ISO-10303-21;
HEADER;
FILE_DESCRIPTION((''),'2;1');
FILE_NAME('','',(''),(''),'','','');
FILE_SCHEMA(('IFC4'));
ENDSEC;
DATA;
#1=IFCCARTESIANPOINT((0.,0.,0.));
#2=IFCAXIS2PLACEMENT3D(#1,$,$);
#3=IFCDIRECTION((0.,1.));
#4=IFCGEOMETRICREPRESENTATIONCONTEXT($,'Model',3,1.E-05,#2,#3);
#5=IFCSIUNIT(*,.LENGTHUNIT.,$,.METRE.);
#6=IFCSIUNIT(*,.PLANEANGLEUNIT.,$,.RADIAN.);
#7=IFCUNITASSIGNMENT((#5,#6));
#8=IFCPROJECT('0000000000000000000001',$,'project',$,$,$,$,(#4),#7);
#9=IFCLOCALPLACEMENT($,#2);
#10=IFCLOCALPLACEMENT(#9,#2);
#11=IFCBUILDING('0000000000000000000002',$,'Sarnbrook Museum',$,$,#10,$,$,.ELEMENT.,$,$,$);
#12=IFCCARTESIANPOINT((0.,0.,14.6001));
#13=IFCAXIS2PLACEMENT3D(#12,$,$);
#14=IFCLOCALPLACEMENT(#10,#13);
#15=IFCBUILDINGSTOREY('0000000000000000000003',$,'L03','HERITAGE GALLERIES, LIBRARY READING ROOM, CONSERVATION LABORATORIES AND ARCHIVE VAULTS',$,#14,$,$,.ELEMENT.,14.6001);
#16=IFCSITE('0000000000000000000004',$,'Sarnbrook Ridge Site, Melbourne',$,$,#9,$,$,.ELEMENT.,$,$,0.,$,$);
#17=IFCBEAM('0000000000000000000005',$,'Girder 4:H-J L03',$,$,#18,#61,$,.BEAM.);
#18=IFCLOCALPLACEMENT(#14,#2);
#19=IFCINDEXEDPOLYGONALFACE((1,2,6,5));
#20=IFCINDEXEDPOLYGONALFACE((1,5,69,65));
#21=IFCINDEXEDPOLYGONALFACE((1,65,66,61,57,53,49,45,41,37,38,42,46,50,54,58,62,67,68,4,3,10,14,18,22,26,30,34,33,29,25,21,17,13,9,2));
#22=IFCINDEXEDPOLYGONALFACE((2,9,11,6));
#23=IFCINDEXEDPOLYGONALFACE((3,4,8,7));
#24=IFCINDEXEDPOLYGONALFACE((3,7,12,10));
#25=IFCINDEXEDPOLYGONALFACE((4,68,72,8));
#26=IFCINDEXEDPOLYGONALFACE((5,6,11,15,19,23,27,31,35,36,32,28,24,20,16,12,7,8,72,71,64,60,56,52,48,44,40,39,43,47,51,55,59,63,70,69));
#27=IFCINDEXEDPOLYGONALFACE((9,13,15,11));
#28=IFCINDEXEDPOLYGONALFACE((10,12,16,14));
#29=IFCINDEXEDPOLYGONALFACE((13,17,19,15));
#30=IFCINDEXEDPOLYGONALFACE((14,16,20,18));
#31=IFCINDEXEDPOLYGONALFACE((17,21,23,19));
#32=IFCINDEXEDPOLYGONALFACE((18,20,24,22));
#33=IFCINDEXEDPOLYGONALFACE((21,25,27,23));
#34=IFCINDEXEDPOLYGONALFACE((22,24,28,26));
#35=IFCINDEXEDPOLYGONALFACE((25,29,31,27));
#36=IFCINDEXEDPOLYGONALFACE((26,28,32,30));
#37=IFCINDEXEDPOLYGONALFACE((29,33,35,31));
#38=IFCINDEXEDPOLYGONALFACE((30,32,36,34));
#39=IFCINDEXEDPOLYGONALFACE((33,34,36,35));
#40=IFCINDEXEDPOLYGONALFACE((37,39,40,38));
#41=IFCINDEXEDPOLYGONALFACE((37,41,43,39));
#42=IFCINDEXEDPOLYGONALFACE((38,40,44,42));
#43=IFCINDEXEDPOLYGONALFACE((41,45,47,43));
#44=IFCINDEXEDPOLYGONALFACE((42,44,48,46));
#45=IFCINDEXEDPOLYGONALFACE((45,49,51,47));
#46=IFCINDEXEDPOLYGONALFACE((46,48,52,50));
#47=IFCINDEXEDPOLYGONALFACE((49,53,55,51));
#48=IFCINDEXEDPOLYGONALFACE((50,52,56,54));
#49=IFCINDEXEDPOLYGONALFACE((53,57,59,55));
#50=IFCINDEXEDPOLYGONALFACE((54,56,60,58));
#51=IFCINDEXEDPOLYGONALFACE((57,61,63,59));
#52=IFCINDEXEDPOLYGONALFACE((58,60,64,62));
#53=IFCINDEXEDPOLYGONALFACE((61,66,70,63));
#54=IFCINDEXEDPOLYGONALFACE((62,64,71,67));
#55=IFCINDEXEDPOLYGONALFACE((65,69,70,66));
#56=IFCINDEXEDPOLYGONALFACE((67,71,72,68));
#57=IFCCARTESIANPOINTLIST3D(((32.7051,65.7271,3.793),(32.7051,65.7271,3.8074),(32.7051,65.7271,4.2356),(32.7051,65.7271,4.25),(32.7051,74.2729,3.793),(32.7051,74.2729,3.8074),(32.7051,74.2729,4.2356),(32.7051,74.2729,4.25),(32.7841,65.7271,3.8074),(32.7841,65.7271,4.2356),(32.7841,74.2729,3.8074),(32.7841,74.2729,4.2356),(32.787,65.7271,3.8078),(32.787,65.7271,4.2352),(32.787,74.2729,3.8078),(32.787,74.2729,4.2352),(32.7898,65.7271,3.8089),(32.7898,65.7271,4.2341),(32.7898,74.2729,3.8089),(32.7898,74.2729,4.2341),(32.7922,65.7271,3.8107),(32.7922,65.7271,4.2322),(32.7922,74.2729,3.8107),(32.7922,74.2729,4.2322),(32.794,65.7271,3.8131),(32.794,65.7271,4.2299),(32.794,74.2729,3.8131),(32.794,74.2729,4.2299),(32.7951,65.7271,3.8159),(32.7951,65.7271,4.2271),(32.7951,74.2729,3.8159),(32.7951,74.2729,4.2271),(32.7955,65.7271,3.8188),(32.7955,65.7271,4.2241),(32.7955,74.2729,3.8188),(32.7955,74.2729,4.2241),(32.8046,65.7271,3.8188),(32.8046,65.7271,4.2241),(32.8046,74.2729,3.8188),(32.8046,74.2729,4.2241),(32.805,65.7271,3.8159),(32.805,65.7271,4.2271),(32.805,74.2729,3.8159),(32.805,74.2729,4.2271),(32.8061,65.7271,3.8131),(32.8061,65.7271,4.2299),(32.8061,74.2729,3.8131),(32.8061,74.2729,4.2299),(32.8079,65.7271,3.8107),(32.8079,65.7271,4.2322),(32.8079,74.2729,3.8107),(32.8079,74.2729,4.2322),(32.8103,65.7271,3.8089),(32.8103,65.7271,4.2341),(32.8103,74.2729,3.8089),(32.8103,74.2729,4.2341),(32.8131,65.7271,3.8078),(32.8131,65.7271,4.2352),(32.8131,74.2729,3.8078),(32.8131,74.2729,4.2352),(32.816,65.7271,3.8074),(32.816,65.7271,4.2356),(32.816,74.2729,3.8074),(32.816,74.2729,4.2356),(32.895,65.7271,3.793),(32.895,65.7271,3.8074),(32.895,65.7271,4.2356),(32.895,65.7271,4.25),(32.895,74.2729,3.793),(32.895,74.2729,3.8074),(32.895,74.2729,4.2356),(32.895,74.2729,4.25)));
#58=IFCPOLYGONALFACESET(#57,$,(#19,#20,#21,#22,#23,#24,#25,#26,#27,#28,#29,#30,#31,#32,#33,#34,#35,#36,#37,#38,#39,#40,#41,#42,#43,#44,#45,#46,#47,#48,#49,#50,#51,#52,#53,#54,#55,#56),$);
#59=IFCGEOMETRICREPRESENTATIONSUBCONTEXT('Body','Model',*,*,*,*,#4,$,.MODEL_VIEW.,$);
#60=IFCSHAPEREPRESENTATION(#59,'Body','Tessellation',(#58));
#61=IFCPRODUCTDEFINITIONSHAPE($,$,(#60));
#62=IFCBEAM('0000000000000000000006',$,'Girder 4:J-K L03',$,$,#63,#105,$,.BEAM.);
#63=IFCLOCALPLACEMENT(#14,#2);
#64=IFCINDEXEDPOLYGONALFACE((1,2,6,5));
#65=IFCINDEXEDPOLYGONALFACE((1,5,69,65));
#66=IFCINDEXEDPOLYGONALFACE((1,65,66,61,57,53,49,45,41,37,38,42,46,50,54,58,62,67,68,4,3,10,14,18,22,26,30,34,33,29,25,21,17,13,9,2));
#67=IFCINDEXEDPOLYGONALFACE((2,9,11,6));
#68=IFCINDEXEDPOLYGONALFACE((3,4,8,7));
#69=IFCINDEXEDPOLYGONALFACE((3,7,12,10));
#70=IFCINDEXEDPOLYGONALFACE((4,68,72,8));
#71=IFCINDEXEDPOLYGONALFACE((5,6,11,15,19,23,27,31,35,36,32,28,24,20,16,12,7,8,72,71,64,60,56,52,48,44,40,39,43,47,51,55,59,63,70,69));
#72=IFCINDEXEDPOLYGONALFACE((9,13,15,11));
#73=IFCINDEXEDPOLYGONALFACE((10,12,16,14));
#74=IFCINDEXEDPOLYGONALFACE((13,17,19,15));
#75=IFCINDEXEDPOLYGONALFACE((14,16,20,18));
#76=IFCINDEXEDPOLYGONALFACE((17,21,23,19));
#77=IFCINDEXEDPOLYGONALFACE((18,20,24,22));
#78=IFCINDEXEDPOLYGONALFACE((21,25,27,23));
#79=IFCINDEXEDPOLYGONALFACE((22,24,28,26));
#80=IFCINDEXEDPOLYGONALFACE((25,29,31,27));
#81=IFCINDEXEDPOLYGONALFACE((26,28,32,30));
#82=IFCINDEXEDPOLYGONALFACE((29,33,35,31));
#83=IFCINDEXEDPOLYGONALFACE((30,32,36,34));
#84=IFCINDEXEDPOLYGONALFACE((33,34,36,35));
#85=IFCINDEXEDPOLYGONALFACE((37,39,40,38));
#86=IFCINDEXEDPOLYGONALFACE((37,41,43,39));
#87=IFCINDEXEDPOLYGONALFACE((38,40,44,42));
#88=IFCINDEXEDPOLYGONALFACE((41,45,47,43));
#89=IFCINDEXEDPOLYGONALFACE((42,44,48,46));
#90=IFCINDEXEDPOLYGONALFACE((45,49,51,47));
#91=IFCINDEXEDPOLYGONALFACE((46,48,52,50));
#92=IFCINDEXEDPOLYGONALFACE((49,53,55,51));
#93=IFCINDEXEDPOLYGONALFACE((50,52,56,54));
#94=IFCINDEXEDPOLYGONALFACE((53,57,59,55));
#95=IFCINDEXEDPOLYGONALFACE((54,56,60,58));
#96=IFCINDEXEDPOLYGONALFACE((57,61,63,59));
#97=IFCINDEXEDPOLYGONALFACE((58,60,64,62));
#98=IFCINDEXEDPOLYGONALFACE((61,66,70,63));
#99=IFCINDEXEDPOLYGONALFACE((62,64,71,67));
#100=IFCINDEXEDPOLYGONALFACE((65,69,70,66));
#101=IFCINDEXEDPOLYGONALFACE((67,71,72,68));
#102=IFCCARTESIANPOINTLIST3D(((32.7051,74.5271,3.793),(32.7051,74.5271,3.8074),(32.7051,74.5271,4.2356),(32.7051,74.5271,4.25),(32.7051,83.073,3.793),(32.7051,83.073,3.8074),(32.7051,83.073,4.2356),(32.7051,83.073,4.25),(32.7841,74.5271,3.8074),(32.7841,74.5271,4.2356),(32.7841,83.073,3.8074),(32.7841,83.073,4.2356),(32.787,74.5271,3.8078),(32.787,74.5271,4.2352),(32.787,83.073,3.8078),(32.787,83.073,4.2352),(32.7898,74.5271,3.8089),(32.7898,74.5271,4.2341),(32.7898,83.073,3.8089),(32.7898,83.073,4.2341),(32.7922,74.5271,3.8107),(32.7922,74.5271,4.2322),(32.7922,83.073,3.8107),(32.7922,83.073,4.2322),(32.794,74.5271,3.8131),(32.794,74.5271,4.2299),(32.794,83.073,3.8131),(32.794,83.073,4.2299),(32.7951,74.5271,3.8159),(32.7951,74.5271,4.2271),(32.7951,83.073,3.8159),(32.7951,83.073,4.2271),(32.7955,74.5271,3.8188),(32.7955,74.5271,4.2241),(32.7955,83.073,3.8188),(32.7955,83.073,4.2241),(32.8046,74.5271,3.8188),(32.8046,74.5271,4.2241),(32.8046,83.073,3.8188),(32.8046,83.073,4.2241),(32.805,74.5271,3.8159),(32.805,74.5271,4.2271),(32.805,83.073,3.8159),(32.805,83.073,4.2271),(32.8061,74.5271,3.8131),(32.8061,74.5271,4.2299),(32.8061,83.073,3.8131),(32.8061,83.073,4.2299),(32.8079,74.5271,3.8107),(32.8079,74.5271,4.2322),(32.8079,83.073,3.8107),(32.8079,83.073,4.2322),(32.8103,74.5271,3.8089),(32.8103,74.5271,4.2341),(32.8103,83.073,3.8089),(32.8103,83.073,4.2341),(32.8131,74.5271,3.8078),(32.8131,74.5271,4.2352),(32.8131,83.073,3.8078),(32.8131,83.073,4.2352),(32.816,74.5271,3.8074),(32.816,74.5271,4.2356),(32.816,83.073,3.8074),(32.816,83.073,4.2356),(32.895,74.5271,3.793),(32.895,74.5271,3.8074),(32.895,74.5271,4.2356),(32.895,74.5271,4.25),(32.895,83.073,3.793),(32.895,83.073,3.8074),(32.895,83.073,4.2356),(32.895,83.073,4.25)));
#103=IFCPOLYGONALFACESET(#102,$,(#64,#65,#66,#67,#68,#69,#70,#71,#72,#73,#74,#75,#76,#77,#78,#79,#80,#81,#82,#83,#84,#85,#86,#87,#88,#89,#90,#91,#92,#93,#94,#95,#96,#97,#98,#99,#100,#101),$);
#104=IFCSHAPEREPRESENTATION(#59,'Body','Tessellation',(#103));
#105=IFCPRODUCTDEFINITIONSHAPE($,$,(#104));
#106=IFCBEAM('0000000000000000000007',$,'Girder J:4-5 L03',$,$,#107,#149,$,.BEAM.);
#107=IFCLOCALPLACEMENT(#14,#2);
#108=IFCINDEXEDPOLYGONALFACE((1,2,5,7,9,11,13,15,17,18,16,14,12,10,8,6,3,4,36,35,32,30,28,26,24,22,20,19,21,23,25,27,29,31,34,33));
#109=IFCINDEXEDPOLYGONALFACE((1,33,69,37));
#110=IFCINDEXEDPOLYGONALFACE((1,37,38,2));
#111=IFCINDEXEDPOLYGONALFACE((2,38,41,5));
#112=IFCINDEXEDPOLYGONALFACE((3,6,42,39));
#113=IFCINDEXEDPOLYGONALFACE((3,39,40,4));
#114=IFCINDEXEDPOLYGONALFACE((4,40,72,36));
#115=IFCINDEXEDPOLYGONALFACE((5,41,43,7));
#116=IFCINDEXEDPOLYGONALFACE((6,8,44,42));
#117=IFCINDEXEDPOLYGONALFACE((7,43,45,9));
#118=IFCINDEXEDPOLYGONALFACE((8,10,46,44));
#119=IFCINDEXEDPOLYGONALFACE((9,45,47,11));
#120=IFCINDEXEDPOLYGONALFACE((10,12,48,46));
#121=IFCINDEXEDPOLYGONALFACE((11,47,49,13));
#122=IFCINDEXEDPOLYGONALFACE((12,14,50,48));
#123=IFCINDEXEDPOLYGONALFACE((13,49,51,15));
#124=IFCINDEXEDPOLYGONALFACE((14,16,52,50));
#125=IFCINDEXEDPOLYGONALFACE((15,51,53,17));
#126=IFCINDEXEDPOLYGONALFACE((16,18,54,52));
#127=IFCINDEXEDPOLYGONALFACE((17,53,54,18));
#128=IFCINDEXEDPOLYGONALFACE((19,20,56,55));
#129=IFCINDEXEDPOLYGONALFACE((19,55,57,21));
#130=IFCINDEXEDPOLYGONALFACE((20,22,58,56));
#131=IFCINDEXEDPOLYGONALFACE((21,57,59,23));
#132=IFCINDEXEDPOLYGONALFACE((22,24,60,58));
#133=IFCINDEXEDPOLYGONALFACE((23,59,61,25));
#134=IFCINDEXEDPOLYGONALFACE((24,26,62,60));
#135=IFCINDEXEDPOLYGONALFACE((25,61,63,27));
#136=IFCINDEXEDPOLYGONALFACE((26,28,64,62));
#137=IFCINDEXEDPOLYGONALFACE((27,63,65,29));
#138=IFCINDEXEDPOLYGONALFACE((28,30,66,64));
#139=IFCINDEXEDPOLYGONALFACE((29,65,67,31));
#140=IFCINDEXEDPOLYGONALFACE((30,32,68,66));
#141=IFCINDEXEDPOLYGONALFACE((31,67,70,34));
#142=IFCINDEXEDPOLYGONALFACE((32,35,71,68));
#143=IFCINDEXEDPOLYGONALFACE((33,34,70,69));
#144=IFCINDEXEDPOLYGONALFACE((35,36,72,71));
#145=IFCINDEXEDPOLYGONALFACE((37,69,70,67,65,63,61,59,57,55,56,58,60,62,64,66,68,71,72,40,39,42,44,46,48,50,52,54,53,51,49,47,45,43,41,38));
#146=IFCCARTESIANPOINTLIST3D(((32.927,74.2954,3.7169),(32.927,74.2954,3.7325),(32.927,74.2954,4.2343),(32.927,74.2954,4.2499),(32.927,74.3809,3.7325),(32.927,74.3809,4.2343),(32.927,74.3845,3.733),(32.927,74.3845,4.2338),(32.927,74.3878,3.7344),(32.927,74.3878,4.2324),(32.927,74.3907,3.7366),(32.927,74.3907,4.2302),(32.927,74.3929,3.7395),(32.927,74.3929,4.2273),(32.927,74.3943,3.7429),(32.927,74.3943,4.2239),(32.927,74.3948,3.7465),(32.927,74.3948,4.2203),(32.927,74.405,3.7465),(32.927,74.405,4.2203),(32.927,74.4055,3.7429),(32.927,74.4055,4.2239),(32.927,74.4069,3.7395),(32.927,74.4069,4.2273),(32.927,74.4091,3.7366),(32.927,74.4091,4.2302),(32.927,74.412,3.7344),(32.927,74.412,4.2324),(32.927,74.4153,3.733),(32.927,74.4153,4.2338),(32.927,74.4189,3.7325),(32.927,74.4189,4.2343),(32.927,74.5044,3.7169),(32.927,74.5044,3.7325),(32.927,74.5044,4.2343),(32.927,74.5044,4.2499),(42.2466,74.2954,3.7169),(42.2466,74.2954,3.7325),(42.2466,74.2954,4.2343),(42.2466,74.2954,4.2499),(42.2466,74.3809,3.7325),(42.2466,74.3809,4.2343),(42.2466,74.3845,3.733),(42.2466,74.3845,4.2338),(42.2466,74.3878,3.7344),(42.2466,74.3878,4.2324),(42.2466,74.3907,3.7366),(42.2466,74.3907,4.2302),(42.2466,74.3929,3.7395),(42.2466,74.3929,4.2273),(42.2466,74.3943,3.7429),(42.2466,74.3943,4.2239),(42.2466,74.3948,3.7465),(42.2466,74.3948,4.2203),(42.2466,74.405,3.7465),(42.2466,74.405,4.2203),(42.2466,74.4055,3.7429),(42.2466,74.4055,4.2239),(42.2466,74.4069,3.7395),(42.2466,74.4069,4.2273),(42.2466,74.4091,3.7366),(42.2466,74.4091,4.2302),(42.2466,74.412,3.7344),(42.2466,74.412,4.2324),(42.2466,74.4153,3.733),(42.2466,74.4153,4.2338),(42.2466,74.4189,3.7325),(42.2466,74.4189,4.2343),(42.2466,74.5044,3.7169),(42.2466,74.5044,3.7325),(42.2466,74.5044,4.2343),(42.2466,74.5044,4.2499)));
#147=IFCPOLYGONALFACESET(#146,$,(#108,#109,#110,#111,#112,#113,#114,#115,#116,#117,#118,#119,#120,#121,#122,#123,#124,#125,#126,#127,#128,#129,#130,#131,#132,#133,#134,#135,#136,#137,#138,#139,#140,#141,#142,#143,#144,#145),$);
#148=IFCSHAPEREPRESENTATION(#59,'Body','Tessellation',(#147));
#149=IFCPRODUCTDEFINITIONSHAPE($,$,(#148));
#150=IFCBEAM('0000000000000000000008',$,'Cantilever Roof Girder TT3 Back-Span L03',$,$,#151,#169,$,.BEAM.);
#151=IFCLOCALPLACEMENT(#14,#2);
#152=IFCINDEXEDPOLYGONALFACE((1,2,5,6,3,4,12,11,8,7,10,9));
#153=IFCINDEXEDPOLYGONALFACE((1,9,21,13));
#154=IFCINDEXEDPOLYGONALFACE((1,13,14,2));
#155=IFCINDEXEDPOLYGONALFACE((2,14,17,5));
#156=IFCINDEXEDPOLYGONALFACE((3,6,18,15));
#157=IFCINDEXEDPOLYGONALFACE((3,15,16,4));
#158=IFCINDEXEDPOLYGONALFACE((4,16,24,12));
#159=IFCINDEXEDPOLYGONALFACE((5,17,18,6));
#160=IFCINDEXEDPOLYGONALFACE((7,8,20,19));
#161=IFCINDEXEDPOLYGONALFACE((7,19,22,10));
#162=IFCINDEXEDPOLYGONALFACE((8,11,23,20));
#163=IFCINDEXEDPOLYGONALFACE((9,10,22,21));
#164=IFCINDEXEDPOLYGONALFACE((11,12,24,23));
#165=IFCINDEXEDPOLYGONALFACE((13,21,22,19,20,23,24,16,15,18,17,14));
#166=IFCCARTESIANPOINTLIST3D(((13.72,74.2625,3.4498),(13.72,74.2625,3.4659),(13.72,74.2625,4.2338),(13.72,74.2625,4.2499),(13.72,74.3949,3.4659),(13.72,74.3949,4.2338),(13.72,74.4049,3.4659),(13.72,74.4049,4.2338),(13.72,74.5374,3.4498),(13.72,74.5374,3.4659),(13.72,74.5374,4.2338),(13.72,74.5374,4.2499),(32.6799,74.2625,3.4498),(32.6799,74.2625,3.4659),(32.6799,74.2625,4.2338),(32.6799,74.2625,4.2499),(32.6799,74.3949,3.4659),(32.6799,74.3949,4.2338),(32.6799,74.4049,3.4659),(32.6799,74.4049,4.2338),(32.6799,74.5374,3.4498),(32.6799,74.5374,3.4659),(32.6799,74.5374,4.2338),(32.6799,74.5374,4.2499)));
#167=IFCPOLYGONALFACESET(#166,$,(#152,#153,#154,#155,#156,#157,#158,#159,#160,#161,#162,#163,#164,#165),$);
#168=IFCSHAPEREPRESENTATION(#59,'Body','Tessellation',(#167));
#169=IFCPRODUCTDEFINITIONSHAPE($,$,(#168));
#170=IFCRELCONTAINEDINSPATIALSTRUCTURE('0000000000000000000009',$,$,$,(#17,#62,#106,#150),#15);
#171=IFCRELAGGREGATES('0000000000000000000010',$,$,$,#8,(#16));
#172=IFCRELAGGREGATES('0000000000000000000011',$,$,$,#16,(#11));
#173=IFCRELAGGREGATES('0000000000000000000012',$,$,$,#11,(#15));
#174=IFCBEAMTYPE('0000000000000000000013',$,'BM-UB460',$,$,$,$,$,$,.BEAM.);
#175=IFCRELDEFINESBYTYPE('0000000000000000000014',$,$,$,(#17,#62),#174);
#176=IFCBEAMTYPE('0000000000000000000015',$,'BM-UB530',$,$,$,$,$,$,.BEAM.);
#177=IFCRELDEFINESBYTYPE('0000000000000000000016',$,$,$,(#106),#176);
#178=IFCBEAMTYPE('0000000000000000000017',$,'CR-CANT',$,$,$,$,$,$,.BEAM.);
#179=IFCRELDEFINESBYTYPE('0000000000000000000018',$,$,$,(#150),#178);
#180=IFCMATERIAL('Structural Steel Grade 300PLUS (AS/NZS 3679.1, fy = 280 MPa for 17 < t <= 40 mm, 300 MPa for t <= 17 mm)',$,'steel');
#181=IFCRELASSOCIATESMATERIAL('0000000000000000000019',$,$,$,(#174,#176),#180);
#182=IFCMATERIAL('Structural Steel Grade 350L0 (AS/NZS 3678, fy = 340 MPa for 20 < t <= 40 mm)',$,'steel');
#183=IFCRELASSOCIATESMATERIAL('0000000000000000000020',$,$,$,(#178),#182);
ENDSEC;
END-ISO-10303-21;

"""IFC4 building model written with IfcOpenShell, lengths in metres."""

from ifc_helpers import new_model, si_unit, direction, frame, origin, origin_2d, place, context, subcontext, project, spatial, i_section, extrude, material, material_profile, profile_set, type_object, element, save


model = new_model("IFC4")

# Units and contexts
model_context = context("Model", 3, precision=1e-05, world=origin(), true_north=direction((0.0, 1.0)))
body_context = subcontext(model_context, "Body", "Model", "MODEL_VIEW")
ifc_project = project(units=[si_unit("LENGTHUNIT", "METRE"), si_unit("PLANEANGLEUNIT", "RADIAN")], contexts=[model_context])

# Site, building, storey
site_placement = place(None, origin())
site = spatial("IfcSite", under=ifc_project, at=site_placement, Name="Sarnbrook Ridge Site, Melbourne", CompositionType="ELEMENT", RefElevation=0.0)
building_placement = place(site_placement, origin())
building = spatial("IfcBuilding", under=site, at=building_placement, Name="Sarnbrook Museum", CompositionType="ELEMENT")
storey_placement = place(building_placement, frame((0.0, 0.0, 14.6001)))
storey = spatial("IfcBuildingStorey", under=building, at=storey_placement, Name="L03", Description="HERITAGE GALLERIES, LIBRARY READING ROOM, CONSERVATION LABORATORIES AND ARCHIVE VAULTS", CompositionType="ELEMENT", Elevation=14.6001)

# Shared definitions
ifc_material_1 = material(Name="Structural Steel Grade 300PLUS (AS/NZS 3679.1, fy = 280 MPa for 17 < t <= 40 mm, 300 MPa for t <= 17 mm)", Category="steel")

# Beams
ifc_material_profile_1 = material_profile(ifc_material_1, i_section(OverallWidth=0.1899, OverallDepth=0.457, WebThickness=0.009, FlangeThickness=0.0144, FilletRadius=0.0115, at=origin_2d()), Name="460UB74.6")
ifc_profile_set_1 = profile_set([ifc_material_profile_1], Name="Structural Steel Grade 300PLUS (AS/NZS 3679.1, fy = 280 MPa for 17 < t <= 40 mm, 300 MPa for t <= 17 mm)")
beam_type_1 = type_object("IfcBeamType", Name="BM-UB460", PredefinedType="BEAM", material=ifc_profile_set_1)
for number, where, z_axis, x_axis, name in (
    (1, (32.8, 65.7271, 4.0215), (0.0, 1.0, 0.0), (-1.0, 0.0, 0.0), "Girder 4:H-J L03"),
    (2, (32.8, 74.5271, 4.0215), (0.0, 1.0, 0.0), (-1.0, 0.0, 0.0), "Girder 4:J-K L03"),
):
    element("IfcBeam", number, at=place(storey_placement, frame(where, z_axis=z_axis, x_axis=x_axis)), inside=storey, type_object=beam_type_1, Name=name, PredefinedType="BEAM", context=body_context, shape_type="SweptSolid", body=[
        extrude(i_section(OverallWidth=0.1899, OverallDepth=0.457, WebThickness=0.009, FlangeThickness=0.0144, FilletRadius=0.0115, at=origin_2d()), origin(), (0.0, 0.0, 1.0), 8.5459),
    ])
ifc_material_profile_2 = material_profile(ifc_material_1, i_section(OverallWidth=0.209, OverallDepth=0.533, WebThickness=0.0103, FlangeThickness=0.0156, FilletRadius=0.0139, at=origin_2d()), Name="530UB92.4")
ifc_profile_set_2 = profile_set([ifc_material_profile_2], Name="Structural Steel Grade 300PLUS (AS/NZS 3679.1, fy = 280 MPa for 17 < t <= 40 mm, 300 MPa for t <= 17 mm)")
beam_type_2 = type_object("IfcBeamType", Name="BM-UB530", PredefinedType="BEAM", material=ifc_profile_set_2)
beam_1_placement = place(storey_placement, frame((32.927, 74.3999, 3.9834), z_axis=(1.0, 0.0, 0.0), x_axis=(0.0, 1.0, 0.0)))
element("IfcBeam", 3, at=beam_1_placement, inside=storey, type_object=beam_type_2, Name="Girder J:4-5 L03", PredefinedType="BEAM", context=body_context, shape_type="SweptSolid", body=[
    extrude(i_section(OverallWidth=0.209, OverallDepth=0.533, WebThickness=0.0103, FlangeThickness=0.0156, FilletRadius=0.0139, at=origin_2d()), origin(), (0.0, 0.0, 1.0), 9.3196),
])
ifc_material_2 = material(Name="Structural Steel Grade 350L0 (AS/NZS 3678, fy = 340 MPa for 20 < t <= 40 mm)", Category="steel")
ifc_material_profile_3 = material_profile(ifc_material_2, i_section(OverallWidth=0.2749, OverallDepth=0.8, WebThickness=0.01, FlangeThickness=0.0161, at=origin_2d()), Name="800WB146")
ifc_profile_set_3 = profile_set([ifc_material_profile_3], Name="Structural Steel Grade 350L0 (AS/NZS 3678, fy = 340 MPa for 20 < t <= 40 mm)")
beam_type_3 = type_object("IfcBeamType", Name="CR-CANT", PredefinedType="BEAM", material=ifc_profile_set_3)
beam_2_placement = place(storey_placement, frame((32.6799, 74.3999, 3.8499), z_axis=(-1.0, 0.0, 0.0), x_axis=(0.0, -1.0, 0.0)))
element("IfcBeam", 4, at=beam_2_placement, inside=storey, type_object=beam_type_3, Name="Cantilever Roof Girder TT3 Back-Span L03", PredefinedType="BEAM", context=body_context, shape_type="SweptSolid", body=[
    extrude(i_section(OverallWidth=0.2749, OverallDepth=0.8, WebThickness=0.01, FlangeThickness=0.0161, at=origin_2d()), origin(), (0.0, 0.0, 1.0), 18.96),
])

save(model, "model.ifc")
